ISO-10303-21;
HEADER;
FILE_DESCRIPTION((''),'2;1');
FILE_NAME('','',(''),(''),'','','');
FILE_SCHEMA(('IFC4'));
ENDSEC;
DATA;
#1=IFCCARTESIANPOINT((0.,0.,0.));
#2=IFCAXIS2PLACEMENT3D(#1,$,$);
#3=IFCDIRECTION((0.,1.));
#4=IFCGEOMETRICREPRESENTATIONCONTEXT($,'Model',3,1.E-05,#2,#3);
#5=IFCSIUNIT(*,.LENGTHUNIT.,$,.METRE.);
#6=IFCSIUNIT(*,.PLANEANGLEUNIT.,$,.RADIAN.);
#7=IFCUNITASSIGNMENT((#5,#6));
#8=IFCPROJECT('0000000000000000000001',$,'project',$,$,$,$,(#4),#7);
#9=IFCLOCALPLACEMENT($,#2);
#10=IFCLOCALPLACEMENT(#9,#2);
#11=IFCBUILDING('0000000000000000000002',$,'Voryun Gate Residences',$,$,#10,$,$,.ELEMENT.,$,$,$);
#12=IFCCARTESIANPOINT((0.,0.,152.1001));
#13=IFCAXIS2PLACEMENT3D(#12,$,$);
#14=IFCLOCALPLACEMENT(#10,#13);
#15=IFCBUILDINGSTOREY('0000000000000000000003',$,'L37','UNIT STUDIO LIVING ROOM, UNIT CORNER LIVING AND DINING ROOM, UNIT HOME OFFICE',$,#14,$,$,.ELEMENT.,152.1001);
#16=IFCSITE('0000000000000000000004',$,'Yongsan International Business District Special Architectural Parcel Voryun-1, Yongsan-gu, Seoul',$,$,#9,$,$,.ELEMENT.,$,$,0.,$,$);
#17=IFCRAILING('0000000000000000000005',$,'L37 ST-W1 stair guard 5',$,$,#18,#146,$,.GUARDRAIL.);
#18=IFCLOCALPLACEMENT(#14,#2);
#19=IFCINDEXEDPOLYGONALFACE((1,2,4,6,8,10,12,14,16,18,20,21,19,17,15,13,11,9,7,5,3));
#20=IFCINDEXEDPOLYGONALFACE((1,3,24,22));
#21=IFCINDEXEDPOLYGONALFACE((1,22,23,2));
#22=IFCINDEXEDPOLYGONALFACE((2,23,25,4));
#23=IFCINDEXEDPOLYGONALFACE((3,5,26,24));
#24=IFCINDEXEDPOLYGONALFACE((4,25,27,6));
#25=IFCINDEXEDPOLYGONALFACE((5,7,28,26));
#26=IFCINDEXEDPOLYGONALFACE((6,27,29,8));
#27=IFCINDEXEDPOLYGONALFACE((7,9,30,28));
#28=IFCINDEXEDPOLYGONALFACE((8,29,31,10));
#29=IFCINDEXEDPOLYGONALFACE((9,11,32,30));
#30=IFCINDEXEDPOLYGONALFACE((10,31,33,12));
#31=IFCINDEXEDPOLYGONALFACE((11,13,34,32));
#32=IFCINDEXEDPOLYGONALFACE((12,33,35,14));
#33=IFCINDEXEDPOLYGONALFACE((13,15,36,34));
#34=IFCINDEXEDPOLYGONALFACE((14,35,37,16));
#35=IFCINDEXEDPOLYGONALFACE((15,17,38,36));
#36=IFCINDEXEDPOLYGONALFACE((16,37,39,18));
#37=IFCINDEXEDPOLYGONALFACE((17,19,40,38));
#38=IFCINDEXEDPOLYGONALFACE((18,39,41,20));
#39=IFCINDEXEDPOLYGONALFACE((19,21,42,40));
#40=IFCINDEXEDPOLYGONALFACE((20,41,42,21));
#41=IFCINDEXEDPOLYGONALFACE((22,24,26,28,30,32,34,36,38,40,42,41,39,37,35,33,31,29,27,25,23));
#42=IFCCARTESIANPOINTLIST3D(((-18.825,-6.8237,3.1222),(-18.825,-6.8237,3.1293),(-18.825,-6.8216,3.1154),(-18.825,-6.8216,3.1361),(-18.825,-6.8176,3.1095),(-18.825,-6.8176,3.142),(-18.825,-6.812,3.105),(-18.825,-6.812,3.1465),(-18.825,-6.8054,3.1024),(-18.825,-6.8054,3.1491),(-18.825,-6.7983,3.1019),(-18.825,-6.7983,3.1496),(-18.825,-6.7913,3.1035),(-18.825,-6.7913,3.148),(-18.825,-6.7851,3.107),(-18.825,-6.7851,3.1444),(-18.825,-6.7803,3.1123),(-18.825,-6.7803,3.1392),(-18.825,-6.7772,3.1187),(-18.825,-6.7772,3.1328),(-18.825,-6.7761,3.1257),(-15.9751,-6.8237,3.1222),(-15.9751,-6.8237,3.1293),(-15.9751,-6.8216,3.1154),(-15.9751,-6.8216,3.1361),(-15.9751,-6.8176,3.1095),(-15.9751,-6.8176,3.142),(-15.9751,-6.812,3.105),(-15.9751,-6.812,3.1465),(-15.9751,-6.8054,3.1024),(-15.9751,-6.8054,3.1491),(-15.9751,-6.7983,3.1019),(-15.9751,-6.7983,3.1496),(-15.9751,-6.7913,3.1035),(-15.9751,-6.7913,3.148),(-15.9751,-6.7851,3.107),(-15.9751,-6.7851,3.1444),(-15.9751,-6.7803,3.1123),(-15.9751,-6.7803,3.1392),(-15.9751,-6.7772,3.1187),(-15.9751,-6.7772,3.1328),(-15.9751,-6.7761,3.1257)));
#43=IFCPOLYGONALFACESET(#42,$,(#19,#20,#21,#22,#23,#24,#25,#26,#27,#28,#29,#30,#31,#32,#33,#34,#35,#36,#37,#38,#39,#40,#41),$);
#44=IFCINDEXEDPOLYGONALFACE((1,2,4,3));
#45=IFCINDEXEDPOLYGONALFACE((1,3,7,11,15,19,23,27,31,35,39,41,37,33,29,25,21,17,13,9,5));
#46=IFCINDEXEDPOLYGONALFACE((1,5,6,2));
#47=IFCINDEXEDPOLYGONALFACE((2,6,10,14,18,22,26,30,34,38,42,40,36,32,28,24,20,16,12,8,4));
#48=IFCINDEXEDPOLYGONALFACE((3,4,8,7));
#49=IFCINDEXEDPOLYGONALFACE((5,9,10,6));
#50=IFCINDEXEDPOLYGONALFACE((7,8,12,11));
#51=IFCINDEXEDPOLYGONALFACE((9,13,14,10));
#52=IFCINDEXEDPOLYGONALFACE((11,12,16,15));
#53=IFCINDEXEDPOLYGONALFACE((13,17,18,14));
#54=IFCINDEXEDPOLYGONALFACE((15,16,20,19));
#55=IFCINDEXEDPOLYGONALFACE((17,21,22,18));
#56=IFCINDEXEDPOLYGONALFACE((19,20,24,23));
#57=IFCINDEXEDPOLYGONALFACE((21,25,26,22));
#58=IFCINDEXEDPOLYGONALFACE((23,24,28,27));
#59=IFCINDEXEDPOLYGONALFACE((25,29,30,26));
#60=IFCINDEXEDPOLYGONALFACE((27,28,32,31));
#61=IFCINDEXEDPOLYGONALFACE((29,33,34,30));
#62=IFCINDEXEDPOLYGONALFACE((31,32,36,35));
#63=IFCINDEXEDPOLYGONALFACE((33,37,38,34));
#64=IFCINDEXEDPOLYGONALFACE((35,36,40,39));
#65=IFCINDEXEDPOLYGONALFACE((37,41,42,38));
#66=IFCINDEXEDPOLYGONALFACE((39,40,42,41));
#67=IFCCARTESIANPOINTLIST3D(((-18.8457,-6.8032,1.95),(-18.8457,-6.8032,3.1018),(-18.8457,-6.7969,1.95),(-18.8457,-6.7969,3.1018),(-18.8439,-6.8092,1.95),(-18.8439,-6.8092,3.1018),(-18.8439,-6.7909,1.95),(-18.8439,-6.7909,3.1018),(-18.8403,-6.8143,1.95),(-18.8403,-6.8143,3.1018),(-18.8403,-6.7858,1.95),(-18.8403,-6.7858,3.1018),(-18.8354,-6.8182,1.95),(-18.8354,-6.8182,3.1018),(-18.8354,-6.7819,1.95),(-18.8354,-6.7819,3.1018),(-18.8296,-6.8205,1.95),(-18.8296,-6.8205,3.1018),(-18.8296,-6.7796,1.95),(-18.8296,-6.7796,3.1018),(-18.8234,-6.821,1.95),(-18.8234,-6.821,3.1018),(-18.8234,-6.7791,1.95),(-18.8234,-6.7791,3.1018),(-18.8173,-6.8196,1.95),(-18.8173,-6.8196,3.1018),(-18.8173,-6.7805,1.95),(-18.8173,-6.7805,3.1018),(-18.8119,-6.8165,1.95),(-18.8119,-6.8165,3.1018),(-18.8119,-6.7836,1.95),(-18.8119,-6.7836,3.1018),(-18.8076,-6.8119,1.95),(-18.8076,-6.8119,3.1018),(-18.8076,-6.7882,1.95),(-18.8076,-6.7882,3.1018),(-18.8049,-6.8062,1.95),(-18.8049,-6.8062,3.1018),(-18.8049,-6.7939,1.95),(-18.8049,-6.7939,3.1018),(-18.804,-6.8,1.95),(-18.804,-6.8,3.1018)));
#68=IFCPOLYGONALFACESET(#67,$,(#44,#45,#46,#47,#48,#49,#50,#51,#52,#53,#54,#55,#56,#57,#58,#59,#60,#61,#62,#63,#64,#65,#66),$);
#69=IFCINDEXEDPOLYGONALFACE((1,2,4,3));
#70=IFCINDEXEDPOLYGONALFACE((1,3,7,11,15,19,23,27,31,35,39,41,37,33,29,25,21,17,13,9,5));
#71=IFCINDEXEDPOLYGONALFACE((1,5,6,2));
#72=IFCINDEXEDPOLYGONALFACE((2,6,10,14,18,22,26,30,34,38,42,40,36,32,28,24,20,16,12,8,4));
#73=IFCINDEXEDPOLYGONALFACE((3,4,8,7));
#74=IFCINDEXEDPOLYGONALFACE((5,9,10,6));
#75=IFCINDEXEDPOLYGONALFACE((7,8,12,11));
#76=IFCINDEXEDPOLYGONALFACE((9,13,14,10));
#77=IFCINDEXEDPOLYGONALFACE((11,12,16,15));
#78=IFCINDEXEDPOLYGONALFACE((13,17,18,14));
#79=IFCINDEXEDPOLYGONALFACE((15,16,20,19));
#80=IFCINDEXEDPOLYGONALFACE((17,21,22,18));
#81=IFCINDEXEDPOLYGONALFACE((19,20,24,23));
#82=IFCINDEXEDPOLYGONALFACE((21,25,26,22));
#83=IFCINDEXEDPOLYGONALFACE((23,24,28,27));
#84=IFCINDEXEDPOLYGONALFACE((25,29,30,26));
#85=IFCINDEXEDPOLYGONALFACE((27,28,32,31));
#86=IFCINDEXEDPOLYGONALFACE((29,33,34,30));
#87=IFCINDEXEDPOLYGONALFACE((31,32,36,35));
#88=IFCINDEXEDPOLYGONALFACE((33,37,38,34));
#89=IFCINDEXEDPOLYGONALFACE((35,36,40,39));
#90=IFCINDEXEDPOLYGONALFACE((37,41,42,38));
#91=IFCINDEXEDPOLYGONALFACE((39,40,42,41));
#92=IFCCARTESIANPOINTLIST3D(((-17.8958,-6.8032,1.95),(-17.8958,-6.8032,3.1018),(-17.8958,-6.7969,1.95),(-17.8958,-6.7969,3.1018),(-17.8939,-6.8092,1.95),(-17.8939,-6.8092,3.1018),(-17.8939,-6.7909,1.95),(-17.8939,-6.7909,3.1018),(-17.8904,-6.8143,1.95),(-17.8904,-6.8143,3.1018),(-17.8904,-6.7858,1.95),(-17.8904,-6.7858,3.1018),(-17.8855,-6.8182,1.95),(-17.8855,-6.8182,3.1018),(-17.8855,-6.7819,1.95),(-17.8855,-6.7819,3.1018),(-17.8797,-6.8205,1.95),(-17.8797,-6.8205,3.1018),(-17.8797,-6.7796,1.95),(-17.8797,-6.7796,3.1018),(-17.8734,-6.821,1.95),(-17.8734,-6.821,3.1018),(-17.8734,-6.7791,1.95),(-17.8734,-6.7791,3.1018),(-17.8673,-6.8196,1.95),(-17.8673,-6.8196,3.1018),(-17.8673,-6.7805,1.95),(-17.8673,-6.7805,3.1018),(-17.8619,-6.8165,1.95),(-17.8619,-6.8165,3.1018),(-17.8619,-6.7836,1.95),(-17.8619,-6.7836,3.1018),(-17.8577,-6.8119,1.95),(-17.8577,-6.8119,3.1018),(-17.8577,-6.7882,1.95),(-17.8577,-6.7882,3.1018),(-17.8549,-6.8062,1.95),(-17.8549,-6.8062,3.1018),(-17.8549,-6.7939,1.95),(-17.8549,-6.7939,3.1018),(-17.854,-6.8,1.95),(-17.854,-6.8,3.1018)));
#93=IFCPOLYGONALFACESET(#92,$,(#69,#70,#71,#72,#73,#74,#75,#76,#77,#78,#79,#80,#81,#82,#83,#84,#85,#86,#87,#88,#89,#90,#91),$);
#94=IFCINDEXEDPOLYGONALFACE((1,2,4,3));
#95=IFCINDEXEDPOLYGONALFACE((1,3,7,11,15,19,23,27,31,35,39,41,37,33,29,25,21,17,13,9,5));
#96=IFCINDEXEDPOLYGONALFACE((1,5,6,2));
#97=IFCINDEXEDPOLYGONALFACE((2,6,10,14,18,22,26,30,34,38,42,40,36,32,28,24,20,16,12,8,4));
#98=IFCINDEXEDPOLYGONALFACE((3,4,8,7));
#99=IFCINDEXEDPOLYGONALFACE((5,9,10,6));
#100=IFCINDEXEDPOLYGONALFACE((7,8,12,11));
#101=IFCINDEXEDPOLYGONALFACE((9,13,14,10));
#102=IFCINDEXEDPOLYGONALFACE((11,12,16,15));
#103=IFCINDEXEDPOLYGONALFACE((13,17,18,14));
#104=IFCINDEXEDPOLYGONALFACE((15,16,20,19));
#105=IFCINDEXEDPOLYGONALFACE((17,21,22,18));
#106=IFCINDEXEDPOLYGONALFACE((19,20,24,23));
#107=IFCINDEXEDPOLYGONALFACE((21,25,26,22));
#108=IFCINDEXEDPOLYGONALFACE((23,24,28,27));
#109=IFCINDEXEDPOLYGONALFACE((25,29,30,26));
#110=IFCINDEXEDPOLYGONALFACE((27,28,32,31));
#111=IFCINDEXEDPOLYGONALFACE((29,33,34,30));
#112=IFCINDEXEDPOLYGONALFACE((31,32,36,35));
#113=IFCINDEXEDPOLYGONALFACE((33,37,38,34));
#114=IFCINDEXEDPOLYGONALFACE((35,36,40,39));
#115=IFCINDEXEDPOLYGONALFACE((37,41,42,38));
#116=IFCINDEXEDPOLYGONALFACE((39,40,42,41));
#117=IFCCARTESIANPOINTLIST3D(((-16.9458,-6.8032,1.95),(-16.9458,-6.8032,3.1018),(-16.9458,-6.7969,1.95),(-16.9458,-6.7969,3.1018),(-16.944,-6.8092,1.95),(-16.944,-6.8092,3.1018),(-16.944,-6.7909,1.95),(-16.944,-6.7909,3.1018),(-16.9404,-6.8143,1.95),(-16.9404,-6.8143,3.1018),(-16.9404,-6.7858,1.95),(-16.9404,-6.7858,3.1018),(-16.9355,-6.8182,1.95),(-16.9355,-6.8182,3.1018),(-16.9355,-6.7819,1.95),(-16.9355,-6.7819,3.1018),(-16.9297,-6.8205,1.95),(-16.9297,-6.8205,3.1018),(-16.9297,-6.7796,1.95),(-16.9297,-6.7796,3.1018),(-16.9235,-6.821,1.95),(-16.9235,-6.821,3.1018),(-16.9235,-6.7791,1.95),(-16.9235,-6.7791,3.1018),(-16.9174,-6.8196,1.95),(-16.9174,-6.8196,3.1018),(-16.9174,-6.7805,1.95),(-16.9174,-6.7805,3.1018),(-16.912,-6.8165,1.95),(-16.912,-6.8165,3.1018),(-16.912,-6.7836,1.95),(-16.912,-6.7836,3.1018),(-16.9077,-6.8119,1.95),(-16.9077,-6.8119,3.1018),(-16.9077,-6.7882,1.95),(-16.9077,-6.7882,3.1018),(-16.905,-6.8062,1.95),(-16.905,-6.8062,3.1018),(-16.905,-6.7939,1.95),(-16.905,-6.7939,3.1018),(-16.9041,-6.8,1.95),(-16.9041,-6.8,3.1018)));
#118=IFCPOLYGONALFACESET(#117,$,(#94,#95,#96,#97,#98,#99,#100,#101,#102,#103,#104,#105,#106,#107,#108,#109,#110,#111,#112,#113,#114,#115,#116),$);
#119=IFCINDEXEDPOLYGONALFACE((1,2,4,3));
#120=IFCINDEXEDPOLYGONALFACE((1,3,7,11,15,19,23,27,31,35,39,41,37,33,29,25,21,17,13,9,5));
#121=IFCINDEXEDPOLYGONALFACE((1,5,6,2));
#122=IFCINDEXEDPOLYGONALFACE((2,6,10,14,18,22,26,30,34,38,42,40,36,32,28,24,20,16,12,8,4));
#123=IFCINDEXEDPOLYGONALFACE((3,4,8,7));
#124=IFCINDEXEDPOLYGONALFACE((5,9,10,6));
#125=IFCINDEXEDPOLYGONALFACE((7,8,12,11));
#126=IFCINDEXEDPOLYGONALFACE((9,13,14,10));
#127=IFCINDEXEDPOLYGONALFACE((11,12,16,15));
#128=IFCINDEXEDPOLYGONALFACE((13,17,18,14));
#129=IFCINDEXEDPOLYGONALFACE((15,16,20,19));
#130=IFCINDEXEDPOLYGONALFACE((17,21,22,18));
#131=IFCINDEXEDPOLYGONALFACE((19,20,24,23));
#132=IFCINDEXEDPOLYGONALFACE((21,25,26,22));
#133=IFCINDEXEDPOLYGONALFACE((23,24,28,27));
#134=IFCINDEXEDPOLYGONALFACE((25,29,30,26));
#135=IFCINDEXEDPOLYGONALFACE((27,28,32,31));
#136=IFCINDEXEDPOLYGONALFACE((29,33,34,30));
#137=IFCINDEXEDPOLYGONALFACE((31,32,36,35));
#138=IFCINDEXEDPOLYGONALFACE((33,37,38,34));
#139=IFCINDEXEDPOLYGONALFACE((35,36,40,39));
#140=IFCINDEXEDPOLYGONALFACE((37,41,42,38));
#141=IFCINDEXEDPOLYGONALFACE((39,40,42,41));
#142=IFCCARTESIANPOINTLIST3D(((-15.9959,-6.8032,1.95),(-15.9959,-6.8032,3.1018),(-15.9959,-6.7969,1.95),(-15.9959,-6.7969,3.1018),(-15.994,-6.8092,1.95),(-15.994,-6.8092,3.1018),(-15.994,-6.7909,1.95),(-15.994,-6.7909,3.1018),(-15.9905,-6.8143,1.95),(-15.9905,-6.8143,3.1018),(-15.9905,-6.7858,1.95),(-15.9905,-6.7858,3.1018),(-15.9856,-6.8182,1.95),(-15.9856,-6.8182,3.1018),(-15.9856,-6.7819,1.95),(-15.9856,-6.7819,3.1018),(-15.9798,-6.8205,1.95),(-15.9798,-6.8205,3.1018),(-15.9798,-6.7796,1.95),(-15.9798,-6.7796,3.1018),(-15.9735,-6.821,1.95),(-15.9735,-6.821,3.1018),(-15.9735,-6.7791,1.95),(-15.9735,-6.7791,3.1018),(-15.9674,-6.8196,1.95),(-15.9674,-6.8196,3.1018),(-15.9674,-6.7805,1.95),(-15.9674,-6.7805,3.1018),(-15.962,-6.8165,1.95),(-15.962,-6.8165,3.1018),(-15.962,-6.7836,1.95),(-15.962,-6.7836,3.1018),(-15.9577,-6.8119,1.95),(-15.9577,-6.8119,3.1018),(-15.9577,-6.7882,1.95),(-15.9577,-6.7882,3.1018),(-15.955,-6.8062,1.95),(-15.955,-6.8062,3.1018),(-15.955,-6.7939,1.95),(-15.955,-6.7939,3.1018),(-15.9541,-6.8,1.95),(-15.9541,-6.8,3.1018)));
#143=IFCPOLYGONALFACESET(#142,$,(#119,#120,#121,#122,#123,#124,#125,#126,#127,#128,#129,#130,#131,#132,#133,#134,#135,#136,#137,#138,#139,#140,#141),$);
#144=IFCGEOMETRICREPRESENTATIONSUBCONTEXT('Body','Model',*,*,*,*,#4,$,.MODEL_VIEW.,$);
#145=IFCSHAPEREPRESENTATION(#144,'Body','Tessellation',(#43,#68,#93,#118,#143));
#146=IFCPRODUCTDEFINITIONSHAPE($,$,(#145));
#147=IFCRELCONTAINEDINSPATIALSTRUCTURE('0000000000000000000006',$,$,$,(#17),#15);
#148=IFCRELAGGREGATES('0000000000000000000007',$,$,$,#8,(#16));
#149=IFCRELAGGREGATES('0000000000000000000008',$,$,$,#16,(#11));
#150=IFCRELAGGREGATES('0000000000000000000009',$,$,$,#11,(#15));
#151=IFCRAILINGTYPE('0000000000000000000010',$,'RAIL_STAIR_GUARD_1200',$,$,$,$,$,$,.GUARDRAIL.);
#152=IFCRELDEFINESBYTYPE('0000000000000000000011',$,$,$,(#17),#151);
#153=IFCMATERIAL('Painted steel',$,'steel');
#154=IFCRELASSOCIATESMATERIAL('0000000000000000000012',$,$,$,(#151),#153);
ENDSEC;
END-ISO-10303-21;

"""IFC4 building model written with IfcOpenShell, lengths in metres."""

from ifc_helpers import new_model, si_unit, direction, frame, origin, origin_2d, place, context, subcontext, project, spatial, circle, extrude, material, type_object, element, save


model = new_model("IFC4")

# Units and contexts
model_context = context("Model", 3, precision=1e-05, world=origin(), true_north=direction((0.0, 1.0)))
body_context = subcontext(model_context, "Body", "Model", "MODEL_VIEW")
ifc_project = project(units=[si_unit("LENGTHUNIT", "METRE"), si_unit("PLANEANGLEUNIT", "RADIAN")], contexts=[model_context])

# Site, building, storey
site_placement = place(None, origin())
site = spatial("IfcSite", under=ifc_project, at=site_placement, Name="Yongsan International Business District Special Architectural Parcel Voryun-1, Yongsan-gu, Seoul", CompositionType="ELEMENT", RefElevation=0.0)
building_placement = place(site_placement, origin())
building = spatial("IfcBuilding", under=site, at=building_placement, Name="Voryun Gate Residences", CompositionType="ELEMENT")
storey_placement = place(building_placement, frame((0.0, 0.0, 152.1001)))
storey = spatial("IfcBuildingStorey", under=building, at=storey_placement, Name="L37", Description="UNIT STUDIO LIVING ROOM, UNIT CORNER LIVING AND DINING ROOM, UNIT HOME OFFICE", CompositionType="ELEMENT", Elevation=152.1001)

# Railing
ifc_material_1 = material(Name="Painted steel", Category="steel")
railing_type_1 = type_object("IfcRailingType", Name="RAIL_STAIR_GUARD_1200", PredefinedType="GUARDRAIL", material=ifc_material_1)
railing_1_placement = place(storey_placement, frame((-18.825, -6.8, 1.95)))
element("IfcRailing", 1, at=railing_1_placement, inside=storey, type_object=railing_type_1, Name="L37 ST-W1 stair guard 5", PredefinedType="GUARDRAIL", context=body_context, shape_type="SweptSolid", body=[
    extrude(circle(Radius=0.0239, at=origin_2d()), frame((0.0, 0.0, 1.1758), z_axis=(1.0, 0.0, 0.0), x_axis=(0.0, 1.0, 0.0)), (0.0, 0.0, 1.0), 2.8499),
    extrude(circle(Radius=0.021, at=origin_2d()), origin(), (0.0, 0.0, 1.0), 1.1519),
    extrude(circle(Radius=0.021, at=origin_2d()), frame((0.95, 0.0, 0.0)), (0.0, 0.0, 1.0), 1.1519),
    extrude(circle(Radius=0.021, at=origin_2d()), frame((1.8999, 0.0, 0.0)), (0.0, 0.0, 1.0), 1.1519),
    extrude(circle(Radius=0.021, at=origin_2d()), frame((2.8499, 0.0, 0.0)), (0.0, 0.0, 1.0), 1.1519),
])

save(model, "model.ifc")
